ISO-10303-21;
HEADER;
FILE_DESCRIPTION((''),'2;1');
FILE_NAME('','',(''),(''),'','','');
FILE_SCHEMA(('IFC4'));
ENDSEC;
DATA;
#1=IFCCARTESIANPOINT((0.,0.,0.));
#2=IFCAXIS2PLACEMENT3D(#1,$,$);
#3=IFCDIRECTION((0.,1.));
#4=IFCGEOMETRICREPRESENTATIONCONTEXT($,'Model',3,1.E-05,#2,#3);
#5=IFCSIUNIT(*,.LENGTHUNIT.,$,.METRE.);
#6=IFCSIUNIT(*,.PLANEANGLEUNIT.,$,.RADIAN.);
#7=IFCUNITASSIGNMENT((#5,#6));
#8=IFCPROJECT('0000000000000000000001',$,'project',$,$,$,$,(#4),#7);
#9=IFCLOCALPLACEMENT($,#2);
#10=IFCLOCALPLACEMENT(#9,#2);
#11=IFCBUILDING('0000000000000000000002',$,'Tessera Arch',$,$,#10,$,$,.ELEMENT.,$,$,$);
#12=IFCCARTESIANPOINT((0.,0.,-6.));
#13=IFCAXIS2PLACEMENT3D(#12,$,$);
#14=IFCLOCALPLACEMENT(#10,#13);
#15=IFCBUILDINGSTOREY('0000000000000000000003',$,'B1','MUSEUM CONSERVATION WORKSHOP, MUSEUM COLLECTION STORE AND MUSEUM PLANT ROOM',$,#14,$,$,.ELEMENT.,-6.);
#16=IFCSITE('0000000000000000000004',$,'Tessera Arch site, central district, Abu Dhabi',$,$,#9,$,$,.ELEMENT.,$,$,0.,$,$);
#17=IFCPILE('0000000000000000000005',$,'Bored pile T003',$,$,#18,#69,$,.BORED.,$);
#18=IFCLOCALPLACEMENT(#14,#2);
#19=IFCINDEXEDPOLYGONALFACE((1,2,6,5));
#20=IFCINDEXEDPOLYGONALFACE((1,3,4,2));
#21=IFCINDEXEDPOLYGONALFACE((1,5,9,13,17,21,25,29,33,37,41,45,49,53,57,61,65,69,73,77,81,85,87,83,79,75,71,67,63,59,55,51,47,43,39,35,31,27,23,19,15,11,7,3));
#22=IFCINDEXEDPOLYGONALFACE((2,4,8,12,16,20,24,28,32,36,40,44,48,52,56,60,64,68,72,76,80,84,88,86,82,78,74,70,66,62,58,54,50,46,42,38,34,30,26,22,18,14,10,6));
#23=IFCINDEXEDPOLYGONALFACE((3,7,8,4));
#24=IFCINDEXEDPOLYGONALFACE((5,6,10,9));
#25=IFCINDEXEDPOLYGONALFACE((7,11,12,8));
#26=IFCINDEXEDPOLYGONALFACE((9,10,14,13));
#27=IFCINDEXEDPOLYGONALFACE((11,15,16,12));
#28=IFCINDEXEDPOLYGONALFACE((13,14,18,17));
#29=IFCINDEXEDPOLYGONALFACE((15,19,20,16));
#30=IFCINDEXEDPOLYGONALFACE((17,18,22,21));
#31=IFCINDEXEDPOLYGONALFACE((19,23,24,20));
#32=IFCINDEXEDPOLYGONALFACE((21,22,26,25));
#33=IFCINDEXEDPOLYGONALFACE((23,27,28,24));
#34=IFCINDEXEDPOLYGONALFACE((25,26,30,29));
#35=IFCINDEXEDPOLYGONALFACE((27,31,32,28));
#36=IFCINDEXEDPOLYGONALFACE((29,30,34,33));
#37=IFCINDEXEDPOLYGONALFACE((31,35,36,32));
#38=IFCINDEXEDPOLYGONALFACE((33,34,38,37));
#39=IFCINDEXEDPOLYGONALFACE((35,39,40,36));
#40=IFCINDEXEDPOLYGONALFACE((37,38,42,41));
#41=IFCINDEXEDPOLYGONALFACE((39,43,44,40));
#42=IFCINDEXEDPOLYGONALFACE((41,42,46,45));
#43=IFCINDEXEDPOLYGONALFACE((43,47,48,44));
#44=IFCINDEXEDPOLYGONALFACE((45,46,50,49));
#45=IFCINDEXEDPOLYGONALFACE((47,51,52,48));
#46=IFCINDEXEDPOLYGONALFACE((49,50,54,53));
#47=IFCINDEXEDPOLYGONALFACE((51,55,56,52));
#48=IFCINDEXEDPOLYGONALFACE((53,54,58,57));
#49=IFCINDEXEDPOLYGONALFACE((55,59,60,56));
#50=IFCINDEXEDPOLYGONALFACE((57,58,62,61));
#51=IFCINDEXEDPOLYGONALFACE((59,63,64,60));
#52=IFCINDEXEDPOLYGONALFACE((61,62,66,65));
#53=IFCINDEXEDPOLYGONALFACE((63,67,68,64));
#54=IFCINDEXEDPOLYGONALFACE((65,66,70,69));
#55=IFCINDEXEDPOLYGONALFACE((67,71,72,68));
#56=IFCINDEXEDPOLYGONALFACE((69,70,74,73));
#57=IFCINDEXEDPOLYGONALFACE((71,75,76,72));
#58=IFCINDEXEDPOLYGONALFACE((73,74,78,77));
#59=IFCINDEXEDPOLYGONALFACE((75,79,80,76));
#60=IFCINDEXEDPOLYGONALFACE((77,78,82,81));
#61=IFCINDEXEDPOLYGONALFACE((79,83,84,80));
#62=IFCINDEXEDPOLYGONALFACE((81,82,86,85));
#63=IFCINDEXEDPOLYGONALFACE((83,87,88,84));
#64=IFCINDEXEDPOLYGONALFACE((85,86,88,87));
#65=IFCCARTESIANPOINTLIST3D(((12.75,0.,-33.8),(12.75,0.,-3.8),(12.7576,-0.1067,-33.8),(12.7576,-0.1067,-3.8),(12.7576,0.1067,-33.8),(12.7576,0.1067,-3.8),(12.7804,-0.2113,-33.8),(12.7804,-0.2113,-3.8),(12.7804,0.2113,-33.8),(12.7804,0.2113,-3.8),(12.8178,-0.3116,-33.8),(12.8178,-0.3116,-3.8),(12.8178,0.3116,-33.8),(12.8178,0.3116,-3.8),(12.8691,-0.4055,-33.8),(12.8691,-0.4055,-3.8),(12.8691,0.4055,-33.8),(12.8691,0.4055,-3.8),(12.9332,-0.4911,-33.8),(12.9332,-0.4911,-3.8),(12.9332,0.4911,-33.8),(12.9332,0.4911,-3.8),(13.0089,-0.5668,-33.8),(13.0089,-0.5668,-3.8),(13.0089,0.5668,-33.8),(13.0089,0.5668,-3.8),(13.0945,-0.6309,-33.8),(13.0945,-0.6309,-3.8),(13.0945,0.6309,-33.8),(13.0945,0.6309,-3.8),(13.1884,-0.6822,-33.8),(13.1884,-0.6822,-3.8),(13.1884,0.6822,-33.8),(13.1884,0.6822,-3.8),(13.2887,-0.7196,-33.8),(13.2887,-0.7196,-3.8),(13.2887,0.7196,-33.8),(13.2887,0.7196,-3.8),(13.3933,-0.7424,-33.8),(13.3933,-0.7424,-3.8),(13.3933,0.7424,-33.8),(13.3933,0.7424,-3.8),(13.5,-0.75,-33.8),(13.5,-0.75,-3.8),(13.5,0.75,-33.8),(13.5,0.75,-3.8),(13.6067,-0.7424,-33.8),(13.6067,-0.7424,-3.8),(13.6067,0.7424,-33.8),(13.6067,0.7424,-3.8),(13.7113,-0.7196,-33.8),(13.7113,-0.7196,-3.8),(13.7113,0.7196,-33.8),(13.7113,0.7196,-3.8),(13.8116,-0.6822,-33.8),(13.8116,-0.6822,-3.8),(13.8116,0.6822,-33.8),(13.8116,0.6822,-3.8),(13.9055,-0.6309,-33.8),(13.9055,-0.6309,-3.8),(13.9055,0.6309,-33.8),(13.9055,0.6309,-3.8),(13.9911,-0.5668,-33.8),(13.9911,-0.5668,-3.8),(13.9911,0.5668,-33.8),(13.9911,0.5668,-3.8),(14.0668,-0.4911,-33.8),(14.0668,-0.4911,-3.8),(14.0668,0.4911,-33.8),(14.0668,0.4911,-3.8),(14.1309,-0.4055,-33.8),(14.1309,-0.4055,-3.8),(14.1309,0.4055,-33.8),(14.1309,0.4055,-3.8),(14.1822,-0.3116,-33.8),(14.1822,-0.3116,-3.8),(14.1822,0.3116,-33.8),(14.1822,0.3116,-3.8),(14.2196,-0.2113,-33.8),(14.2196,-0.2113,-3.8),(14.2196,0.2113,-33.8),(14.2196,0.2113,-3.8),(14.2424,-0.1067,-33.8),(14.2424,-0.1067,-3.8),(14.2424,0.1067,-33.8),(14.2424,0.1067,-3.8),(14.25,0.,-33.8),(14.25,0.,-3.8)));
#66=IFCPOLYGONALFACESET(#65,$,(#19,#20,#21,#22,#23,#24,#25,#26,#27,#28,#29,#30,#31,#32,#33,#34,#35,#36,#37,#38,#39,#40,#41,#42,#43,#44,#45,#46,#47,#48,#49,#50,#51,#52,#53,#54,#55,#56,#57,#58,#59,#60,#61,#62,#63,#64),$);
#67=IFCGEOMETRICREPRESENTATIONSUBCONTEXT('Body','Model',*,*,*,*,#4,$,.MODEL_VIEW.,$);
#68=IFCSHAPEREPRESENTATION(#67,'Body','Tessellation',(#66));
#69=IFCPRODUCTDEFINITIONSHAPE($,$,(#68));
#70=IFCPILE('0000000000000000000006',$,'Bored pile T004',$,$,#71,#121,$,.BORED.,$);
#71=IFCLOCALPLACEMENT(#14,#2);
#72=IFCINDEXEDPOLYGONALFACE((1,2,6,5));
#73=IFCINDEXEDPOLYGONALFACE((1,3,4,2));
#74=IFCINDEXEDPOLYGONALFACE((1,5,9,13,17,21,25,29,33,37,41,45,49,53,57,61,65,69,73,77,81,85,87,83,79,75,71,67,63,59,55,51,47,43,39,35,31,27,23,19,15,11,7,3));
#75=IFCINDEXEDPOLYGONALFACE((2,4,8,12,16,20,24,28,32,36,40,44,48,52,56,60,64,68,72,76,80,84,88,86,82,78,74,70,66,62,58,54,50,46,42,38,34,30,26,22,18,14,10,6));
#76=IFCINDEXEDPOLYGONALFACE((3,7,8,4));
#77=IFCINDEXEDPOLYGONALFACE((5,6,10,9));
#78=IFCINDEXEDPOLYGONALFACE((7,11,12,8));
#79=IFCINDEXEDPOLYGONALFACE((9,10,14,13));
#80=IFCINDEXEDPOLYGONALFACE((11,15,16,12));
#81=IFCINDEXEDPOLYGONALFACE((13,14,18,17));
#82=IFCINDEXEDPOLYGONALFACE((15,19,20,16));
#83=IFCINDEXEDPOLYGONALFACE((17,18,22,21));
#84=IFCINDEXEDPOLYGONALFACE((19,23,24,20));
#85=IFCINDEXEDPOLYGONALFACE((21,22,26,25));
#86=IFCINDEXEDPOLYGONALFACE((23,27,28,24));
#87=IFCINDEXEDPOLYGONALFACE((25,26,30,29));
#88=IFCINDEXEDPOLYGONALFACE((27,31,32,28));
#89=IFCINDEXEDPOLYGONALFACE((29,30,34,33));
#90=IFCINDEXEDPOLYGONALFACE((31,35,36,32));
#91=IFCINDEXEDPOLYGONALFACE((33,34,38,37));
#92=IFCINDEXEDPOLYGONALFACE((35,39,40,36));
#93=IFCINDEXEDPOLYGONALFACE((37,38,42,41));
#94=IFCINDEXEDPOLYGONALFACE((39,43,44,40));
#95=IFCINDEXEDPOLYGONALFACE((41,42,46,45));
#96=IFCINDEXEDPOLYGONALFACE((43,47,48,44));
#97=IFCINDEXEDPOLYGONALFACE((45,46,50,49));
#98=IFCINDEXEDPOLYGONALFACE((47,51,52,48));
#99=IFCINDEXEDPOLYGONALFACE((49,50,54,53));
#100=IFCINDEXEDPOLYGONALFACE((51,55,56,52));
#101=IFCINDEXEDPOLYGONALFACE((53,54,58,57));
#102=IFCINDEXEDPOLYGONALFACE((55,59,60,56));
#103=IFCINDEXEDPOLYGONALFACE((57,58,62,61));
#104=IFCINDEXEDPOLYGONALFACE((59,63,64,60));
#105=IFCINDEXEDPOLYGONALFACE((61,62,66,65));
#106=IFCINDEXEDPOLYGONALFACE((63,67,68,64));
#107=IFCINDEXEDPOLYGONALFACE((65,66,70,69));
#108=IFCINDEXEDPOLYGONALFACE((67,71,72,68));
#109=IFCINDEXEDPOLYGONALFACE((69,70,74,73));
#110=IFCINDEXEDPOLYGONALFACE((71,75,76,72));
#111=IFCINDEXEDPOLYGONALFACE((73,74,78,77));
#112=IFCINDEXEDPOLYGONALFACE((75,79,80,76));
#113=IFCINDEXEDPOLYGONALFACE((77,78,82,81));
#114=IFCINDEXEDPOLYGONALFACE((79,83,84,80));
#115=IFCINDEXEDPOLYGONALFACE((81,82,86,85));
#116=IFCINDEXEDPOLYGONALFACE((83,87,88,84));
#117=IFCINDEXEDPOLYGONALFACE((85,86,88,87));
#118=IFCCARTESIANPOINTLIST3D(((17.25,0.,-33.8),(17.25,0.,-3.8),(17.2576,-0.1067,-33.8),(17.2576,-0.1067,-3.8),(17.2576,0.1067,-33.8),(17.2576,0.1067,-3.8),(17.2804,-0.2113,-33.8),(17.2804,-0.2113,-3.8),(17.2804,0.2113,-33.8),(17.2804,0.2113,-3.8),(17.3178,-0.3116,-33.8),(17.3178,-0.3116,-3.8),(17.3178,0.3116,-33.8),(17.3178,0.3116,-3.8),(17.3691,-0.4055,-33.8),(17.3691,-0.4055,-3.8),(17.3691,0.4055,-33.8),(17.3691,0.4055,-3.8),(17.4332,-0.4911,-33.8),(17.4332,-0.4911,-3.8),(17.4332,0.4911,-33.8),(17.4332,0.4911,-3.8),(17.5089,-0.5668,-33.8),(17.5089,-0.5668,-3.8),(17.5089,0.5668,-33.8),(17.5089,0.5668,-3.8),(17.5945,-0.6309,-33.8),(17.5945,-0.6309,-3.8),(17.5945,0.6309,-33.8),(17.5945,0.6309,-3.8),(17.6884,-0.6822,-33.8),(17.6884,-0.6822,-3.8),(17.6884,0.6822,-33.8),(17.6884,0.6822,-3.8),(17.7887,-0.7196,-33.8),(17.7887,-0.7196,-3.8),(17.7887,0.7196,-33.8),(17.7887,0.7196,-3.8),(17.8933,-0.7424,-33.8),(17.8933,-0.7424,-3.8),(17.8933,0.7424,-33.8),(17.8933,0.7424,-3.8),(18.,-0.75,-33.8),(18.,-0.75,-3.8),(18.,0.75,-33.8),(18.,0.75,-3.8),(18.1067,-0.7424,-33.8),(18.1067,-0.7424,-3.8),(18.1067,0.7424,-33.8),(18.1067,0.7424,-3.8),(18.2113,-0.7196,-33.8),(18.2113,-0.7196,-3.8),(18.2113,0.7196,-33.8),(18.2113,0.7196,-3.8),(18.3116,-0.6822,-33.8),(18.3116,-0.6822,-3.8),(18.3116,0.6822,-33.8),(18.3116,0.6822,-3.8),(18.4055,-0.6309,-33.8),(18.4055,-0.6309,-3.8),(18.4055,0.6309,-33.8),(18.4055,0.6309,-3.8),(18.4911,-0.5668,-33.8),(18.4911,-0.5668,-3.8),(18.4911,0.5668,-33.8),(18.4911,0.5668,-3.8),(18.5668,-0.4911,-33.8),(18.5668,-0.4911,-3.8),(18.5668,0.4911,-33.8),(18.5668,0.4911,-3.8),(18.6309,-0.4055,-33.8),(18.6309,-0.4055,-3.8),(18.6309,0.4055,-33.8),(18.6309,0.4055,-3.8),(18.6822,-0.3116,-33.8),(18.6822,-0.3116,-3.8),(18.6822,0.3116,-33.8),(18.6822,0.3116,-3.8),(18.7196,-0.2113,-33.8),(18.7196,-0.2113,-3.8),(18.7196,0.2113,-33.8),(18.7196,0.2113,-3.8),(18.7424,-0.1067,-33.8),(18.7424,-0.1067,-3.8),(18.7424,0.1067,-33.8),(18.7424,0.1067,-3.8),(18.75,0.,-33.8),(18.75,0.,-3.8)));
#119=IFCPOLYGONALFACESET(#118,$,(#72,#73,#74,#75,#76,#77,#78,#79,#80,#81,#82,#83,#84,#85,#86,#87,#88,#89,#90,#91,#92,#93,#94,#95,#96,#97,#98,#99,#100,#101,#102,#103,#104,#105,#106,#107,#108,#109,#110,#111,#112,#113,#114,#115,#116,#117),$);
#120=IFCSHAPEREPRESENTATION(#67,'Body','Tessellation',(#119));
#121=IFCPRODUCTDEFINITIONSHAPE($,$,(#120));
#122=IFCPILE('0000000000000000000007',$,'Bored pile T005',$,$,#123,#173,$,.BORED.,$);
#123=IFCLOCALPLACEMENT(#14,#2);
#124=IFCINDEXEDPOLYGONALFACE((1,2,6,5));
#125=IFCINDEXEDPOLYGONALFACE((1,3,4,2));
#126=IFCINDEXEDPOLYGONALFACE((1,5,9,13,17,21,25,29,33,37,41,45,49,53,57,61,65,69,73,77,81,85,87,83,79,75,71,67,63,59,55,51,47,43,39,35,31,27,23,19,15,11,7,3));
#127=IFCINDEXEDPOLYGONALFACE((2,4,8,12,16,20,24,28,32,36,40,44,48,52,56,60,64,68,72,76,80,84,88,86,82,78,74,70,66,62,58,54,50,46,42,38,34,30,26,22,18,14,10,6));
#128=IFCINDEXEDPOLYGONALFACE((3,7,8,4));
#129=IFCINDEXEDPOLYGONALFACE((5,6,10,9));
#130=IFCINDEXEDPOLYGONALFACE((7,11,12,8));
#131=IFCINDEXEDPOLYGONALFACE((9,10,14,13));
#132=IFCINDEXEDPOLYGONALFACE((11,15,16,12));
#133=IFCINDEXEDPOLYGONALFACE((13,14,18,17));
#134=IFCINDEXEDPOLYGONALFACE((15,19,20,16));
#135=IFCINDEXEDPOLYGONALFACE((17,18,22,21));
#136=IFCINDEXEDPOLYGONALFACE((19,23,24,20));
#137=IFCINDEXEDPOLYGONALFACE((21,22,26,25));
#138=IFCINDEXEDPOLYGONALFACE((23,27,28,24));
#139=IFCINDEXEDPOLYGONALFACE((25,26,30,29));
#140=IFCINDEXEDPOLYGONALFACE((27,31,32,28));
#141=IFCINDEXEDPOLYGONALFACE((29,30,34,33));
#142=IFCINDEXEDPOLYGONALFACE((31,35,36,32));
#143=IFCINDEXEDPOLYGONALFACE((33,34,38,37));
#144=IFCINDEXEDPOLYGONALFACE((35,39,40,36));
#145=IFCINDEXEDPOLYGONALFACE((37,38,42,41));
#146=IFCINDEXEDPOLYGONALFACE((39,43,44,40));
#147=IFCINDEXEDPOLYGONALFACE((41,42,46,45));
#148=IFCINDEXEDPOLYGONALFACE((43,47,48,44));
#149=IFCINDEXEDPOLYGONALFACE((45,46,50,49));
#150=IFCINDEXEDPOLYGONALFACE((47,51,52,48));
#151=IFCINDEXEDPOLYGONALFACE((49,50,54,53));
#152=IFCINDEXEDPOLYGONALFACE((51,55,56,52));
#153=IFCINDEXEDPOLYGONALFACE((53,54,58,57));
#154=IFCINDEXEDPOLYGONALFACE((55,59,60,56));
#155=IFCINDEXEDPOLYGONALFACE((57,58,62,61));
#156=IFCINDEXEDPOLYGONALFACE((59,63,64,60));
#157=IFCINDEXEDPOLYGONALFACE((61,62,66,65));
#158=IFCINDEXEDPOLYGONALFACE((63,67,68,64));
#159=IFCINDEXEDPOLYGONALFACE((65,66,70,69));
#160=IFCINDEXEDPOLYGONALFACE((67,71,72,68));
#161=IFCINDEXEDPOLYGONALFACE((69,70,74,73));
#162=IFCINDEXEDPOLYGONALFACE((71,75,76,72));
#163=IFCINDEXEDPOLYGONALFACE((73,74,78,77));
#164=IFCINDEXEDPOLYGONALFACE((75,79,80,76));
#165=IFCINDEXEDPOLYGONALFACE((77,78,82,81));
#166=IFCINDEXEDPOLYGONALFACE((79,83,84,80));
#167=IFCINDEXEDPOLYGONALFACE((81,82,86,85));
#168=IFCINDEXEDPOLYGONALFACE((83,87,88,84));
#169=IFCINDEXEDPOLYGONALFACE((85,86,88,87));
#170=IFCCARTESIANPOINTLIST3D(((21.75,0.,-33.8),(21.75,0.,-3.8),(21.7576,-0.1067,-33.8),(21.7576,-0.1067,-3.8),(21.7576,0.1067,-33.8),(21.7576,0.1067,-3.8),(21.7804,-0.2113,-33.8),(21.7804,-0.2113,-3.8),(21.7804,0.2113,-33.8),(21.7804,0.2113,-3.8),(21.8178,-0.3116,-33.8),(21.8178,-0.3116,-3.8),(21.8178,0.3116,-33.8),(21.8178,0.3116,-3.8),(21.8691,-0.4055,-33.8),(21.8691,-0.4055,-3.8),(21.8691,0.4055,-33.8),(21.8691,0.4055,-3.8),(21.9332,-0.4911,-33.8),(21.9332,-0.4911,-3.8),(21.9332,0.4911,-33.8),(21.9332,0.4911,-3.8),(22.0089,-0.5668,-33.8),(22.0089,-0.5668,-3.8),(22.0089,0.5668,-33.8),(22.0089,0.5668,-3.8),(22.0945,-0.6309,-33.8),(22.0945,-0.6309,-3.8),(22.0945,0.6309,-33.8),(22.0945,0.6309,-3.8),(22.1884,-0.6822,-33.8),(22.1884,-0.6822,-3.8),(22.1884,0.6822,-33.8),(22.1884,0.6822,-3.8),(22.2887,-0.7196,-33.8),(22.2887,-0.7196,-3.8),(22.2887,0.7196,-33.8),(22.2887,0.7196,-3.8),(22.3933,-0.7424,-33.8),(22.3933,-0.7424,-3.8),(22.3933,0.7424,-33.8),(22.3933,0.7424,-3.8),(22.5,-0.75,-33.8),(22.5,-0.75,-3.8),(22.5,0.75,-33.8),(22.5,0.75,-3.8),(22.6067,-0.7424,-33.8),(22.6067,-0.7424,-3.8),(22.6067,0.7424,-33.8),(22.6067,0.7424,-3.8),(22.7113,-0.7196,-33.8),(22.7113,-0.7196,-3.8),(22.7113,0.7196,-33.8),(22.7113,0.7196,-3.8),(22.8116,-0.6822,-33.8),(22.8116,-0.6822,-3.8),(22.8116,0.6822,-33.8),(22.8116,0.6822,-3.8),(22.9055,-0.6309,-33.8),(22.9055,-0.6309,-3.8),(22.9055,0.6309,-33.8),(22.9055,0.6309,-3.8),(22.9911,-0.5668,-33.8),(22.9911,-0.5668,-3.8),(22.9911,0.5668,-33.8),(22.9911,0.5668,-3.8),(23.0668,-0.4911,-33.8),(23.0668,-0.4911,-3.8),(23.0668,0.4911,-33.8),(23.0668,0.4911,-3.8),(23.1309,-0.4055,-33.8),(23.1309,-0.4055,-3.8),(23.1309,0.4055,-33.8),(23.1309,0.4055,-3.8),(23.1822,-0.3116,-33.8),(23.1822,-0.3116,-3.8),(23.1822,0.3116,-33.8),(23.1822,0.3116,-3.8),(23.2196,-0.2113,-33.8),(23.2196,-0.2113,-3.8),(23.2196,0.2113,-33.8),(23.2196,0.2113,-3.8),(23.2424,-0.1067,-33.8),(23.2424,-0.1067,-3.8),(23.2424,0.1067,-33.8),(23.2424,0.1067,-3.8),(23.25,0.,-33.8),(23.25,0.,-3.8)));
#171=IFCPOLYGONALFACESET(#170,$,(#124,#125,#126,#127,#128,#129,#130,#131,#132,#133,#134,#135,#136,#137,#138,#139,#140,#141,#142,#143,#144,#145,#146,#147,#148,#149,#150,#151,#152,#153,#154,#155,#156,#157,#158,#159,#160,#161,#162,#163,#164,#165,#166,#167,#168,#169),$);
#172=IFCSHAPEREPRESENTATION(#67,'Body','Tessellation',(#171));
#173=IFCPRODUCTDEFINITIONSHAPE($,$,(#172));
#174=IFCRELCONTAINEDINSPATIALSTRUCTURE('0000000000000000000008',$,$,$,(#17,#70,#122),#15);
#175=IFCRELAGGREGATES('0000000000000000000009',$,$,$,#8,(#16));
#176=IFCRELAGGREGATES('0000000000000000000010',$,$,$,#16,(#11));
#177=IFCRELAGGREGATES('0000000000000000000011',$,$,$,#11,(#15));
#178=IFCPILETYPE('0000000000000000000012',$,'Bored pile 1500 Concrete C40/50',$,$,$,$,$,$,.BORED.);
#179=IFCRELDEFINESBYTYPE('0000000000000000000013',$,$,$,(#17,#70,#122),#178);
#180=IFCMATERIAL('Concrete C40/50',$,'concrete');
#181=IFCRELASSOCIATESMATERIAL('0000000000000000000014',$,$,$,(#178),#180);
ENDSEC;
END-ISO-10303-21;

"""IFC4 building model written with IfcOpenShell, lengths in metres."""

from ifc_helpers import new_model, si_unit, direction, frame, origin, origin_2d, place, context, subcontext, project, spatial, circle, extrude, material, type_object, element, save


model = new_model("IFC4")

# Units and contexts
model_context = context("Model", 3, precision=1e-05, world=origin(), true_north=direction((0.0, 1.0)))
body_context = subcontext(model_context, "Body", "Model", "MODEL_VIEW")
ifc_project = project(units=[si_unit("LENGTHUNIT", "METRE"), si_unit("PLANEANGLEUNIT", "RADIAN")], contexts=[model_context])

# Site, building, storey
site_placement = place(None, origin())
site = spatial("IfcSite", under=ifc_project, at=site_placement, Name="Tessera Arch site, central district, Abu Dhabi", CompositionType="ELEMENT", RefElevation=0.0)
building_placement = place(site_placement, origin())
building = spatial("IfcBuilding", under=site, at=building_placement, Name="Tessera Arch", CompositionType="ELEMENT")
storey_placement = place(building_placement, frame((0.0, 0.0, -6.0)))
storey = spatial("IfcBuildingStorey", under=building, at=storey_placement, Name="B1", Description="MUSEUM CONSERVATION WORKSHOP, MUSEUM COLLECTION STORE AND MUSEUM PLANT ROOM", CompositionType="ELEMENT", Elevation=-6.0)

# Piles
ifc_material_1 = material(Name="Concrete C40/50", Category="concrete")
pile_type_1 = type_object("IfcPileType", Name="Bored pile 1500 Concrete C40/50", PredefinedType="BORED", material=ifc_material_1)
for number, where, z_axis, x_axis, name in (
    (1, (13.5, 0.0, -3.8), (0.0, 0.0, -1.0), (1.0, 0.0, 0.0), "Bored pile T003"),
    (2, (18.0, 0.0, -3.8), (0.0, 0.0, -1.0), (1.0, 0.0, 0.0), "Bored pile T004"),
    (3, (22.5, 0.0, -3.8), (0.0, 0.0, -1.0), (1.0, 0.0, 0.0), "Bored pile T005"),
):
    element("IfcPile", number, at=place(storey_placement, frame(where, z_axis=z_axis, x_axis=x_axis)), inside=storey, type_object=pile_type_1, Name=name, PredefinedType="BORED", context=body_context, shape_type="SweptSolid", body=[
        extrude(circle(Radius=0.75, at=origin_2d()), origin(), (0.0, 0.0, 1.0), 30.0),
    ])

save(model, "model.ifc")
